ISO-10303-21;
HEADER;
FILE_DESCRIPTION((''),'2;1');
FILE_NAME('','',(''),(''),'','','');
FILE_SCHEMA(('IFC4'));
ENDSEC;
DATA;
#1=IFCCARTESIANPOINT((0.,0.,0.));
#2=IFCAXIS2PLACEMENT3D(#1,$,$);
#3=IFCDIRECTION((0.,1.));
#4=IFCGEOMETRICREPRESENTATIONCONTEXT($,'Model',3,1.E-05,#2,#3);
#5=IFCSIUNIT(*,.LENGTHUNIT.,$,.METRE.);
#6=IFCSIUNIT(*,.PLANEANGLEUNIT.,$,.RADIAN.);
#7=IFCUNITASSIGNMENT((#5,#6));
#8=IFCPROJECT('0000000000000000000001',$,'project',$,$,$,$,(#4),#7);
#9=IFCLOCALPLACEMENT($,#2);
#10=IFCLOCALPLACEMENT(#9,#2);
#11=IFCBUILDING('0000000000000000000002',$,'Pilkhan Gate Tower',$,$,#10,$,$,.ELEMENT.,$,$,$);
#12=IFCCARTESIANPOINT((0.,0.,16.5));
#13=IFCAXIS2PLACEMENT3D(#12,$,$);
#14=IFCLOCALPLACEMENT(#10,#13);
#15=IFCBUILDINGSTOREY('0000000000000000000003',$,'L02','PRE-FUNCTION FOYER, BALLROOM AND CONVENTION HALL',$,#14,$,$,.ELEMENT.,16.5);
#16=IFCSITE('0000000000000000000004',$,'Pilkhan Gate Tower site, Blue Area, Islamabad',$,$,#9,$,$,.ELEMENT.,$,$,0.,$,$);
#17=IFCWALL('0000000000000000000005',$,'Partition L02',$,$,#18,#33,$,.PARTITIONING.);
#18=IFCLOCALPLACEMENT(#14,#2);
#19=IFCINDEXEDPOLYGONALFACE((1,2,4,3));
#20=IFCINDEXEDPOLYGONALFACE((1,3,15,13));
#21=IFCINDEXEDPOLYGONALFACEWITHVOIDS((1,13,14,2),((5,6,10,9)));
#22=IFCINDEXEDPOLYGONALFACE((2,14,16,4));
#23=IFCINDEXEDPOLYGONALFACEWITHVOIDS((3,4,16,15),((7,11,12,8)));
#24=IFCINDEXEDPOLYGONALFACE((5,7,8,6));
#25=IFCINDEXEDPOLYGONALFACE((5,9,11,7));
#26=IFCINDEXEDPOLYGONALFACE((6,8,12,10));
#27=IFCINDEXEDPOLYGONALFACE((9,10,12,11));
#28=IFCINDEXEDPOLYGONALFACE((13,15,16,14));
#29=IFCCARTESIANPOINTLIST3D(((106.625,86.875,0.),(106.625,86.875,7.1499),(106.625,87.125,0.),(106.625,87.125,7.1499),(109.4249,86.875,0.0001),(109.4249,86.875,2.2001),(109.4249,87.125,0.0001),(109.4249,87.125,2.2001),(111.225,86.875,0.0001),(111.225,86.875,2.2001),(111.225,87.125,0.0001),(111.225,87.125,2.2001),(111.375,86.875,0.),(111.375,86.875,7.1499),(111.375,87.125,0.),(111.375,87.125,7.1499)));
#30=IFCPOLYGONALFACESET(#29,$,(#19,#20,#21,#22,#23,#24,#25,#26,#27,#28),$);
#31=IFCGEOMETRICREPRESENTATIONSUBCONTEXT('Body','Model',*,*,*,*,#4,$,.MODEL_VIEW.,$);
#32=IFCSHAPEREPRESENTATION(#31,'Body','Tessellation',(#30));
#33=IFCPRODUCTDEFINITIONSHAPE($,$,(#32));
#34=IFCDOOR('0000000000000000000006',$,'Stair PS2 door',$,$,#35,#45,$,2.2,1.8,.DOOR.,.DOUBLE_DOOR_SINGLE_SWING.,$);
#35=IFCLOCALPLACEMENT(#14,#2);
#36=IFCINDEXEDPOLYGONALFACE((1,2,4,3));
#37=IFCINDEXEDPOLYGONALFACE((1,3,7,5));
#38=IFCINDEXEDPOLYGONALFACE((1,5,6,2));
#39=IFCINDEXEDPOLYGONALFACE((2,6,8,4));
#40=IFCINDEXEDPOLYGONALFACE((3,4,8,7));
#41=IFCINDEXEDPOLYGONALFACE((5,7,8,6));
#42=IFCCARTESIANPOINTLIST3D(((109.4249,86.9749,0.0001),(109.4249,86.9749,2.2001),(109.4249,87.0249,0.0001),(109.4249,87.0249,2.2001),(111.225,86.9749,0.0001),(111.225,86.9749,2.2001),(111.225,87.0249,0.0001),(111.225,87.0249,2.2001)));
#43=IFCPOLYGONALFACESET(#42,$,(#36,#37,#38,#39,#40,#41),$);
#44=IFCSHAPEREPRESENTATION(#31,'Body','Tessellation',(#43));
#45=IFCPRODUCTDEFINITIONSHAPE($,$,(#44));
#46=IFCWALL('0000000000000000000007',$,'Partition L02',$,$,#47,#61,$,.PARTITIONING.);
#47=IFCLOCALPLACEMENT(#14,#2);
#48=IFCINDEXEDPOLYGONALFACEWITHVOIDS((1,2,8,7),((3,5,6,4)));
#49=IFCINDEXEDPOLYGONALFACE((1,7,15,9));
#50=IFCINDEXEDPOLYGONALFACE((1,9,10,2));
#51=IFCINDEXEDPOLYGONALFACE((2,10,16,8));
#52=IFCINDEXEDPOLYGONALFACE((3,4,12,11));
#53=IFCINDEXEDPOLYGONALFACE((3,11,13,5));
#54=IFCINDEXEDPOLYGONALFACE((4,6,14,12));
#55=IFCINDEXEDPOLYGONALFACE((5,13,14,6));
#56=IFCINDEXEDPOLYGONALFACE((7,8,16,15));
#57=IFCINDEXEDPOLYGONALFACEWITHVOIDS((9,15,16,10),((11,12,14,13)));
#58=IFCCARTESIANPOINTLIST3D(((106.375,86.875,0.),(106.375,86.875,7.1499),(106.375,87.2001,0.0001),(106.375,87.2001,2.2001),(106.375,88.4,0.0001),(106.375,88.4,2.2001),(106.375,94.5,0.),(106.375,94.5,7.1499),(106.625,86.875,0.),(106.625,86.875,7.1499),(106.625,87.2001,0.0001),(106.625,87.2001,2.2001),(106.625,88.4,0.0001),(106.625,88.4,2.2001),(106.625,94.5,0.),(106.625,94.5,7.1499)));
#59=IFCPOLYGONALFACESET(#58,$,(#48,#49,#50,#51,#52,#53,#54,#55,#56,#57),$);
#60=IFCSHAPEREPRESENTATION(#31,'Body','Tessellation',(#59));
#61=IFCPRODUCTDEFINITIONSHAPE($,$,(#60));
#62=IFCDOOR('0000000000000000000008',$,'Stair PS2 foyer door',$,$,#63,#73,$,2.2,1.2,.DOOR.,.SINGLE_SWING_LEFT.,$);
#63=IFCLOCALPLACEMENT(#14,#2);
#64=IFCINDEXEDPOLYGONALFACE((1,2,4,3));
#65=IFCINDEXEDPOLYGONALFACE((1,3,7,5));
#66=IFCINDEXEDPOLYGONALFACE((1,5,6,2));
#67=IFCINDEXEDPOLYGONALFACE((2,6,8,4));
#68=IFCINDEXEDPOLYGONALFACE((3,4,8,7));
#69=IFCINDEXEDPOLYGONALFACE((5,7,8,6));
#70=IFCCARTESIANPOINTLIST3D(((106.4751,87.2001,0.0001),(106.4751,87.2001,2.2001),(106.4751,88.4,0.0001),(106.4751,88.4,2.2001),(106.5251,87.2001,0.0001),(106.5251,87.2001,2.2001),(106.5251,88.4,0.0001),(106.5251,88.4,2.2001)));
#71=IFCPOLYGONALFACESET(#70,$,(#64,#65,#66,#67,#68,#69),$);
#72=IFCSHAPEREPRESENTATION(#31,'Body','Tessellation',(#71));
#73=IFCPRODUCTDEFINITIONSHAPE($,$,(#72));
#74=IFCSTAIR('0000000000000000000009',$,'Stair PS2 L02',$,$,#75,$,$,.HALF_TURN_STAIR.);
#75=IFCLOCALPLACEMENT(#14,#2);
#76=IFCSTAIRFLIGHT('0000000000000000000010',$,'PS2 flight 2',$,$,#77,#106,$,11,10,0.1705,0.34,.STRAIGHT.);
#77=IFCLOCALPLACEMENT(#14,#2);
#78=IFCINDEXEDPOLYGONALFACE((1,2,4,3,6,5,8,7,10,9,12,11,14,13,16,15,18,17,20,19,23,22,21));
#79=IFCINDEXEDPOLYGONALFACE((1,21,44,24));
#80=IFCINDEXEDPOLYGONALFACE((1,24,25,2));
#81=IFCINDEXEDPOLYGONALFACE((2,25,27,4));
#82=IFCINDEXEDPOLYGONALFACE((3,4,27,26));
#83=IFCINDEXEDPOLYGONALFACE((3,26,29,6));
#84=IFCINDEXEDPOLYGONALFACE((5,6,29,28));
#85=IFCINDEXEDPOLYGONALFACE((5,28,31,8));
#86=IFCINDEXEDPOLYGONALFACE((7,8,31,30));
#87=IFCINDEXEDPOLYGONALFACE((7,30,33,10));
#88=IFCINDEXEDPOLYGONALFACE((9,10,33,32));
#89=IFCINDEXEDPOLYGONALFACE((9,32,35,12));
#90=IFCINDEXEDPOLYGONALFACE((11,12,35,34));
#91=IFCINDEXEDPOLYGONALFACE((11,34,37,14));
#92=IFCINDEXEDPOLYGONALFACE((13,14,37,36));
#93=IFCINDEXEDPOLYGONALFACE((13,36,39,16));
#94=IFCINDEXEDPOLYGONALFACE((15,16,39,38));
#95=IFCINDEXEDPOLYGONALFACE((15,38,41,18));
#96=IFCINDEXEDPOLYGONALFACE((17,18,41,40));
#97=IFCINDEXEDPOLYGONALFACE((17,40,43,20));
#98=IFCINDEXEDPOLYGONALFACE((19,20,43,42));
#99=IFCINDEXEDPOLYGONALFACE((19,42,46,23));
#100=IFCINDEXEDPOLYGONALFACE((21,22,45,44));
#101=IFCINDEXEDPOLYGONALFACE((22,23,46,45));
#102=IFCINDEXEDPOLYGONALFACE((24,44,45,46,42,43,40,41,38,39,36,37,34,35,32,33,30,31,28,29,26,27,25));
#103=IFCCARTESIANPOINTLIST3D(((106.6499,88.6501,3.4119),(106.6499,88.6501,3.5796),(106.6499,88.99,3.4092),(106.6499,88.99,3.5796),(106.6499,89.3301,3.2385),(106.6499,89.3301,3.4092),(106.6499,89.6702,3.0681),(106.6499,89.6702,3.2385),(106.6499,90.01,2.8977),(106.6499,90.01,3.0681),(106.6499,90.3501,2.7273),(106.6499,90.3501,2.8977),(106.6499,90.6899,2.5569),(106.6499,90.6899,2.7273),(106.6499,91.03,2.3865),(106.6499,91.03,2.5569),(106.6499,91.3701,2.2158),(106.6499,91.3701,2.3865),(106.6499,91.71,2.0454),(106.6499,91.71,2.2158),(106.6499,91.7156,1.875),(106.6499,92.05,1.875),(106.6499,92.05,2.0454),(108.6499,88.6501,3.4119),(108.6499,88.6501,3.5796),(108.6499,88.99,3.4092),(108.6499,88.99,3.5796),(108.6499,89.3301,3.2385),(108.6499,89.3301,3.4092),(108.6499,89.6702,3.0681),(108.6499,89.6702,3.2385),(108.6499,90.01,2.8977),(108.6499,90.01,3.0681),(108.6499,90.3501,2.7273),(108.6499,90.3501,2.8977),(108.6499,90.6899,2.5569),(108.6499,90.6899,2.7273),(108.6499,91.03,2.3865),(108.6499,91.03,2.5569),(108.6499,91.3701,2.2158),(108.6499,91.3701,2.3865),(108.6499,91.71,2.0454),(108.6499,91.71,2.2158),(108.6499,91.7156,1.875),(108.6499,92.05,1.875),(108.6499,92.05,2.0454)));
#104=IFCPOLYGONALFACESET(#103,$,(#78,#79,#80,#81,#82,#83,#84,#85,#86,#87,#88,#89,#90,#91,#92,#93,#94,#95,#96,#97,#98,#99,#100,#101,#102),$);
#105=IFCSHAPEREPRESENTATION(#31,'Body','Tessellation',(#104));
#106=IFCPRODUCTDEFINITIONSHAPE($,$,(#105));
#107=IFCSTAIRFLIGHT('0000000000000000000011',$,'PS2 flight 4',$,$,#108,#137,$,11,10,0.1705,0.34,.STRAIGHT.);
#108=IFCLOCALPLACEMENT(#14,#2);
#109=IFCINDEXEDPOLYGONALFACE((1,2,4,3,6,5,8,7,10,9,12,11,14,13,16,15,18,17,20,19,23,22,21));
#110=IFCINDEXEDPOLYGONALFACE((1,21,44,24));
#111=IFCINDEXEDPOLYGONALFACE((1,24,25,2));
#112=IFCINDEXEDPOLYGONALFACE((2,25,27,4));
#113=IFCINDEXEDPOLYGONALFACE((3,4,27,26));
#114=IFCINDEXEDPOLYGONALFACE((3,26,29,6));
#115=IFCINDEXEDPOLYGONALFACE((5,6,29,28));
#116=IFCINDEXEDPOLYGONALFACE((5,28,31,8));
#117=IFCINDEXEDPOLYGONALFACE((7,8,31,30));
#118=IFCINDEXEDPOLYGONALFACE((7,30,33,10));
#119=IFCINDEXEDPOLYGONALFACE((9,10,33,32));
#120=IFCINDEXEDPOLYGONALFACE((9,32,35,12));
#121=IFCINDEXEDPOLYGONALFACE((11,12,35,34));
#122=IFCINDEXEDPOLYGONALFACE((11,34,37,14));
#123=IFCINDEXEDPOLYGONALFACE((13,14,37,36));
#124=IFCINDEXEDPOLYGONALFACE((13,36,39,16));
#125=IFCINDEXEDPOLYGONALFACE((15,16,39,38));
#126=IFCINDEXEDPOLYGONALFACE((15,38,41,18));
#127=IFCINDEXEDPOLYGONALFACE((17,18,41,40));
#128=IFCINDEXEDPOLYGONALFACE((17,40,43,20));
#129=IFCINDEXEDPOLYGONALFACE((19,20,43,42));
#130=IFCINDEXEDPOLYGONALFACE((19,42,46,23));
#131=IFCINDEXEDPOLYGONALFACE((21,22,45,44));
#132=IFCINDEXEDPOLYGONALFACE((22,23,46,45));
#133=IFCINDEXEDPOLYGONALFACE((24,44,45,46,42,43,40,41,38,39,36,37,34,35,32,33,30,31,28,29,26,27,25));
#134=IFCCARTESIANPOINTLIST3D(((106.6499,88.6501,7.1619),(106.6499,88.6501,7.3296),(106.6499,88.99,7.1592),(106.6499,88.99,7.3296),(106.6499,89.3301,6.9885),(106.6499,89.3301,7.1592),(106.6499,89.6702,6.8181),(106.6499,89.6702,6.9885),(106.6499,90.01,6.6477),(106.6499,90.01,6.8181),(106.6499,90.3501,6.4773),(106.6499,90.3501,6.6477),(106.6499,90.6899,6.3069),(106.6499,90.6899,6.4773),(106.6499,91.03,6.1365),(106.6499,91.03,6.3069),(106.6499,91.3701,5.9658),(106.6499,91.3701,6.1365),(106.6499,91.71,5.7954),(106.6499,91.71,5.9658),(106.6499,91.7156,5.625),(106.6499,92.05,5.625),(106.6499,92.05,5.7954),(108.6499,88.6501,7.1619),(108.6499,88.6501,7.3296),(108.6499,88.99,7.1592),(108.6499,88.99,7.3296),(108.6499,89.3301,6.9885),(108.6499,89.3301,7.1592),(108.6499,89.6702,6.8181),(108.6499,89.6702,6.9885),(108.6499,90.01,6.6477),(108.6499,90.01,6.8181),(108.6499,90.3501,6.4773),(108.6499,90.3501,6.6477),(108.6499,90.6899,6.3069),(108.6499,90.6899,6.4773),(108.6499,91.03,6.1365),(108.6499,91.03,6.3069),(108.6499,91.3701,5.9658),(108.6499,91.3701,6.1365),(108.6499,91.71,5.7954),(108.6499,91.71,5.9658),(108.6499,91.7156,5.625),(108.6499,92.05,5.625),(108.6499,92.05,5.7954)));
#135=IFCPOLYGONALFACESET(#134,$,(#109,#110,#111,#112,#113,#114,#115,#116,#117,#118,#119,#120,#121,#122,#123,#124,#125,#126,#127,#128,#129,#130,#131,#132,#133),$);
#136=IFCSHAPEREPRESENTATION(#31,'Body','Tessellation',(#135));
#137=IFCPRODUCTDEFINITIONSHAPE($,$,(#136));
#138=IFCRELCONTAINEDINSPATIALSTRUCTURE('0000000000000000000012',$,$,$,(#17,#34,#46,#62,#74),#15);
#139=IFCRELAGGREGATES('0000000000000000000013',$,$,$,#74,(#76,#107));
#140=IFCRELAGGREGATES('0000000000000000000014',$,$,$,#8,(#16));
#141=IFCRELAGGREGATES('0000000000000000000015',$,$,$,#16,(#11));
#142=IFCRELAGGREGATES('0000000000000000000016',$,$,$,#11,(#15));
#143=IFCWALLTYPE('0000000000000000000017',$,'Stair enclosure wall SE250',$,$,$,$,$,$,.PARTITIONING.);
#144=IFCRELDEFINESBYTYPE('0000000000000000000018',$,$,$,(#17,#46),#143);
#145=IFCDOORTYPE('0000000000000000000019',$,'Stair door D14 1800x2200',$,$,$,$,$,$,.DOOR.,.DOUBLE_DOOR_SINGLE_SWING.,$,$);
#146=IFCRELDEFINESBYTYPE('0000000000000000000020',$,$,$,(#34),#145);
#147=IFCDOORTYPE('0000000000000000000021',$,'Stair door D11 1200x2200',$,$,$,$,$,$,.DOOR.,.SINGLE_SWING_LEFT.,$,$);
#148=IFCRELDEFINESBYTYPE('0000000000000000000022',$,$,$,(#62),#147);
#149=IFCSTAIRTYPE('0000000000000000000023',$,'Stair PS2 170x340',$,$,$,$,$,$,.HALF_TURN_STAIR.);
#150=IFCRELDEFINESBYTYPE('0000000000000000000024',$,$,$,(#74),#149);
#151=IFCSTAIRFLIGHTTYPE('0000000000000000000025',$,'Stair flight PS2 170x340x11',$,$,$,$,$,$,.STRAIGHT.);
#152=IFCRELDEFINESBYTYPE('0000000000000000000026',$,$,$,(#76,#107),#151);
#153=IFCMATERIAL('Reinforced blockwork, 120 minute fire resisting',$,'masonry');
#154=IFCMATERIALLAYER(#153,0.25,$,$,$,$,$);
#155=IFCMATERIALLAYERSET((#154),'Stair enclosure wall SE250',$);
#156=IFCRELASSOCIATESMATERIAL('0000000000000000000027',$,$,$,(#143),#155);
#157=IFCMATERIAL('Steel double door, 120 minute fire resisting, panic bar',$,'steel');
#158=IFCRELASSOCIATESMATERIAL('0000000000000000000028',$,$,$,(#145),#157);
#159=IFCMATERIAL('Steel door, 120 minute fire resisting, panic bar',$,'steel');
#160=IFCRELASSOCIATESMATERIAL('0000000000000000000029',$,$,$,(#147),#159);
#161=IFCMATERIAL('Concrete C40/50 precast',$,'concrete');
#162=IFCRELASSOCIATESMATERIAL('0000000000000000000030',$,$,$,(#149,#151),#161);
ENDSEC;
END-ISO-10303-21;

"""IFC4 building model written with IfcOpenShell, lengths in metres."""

from ifc_helpers import new_model, si_unit, direction, frame, frame_2d, origin, place, context, subcontext, project, spatial, polyline, rectangle, outline, extrude, material, layer, layer_set, type_object, element, fill, aggregate, save


model = new_model("IFC4")

# Units and contexts
model_context = context("Model", 3, precision=1e-05, world=origin(), true_north=direction((0.0, 1.0)))
body_context = subcontext(model_context, "Body", "Model", "MODEL_VIEW")
ifc_project = project(units=[si_unit("LENGTHUNIT", "METRE"), si_unit("PLANEANGLEUNIT", "RADIAN")], contexts=[model_context])

# Site, building, storey
site_placement = place(None, origin())
site = spatial("IfcSite", under=ifc_project, at=site_placement, Name="Pilkhan Gate Tower site, Blue Area, Islamabad", CompositionType="ELEMENT", RefElevation=0.0)
building_placement = place(site_placement, origin())
building = spatial("IfcBuilding", under=site, at=building_placement, Name="Pilkhan Gate Tower", CompositionType="ELEMENT")
storey_placement = place(building_placement, frame((0.0, 0.0, 16.5)))
storey = spatial("IfcBuildingStorey", under=building, at=storey_placement, Name="L02", Description="PRE-FUNCTION FOYER, BALLROOM AND CONVENTION HALL", CompositionType="ELEMENT", Elevation=16.5)

# Walls, openings, doors
ifc_material_1 = material(Name="Reinforced blockwork, 120 minute fire resisting", Category="masonry")
ifc_layer_1 = layer(ifc_material_1, 0.25)
ifc_layer_set_1 = layer_set([ifc_layer_1], Name="Stair enclosure wall SE250")
wall_type_1 = type_object("IfcWallType", Name="Stair enclosure wall SE250", PredefinedType="PARTITIONING", material=ifc_layer_set_1)
wall_1_placement = place(storey_placement, frame((106.625, 87.0, 0.0), z_axis=(0.0, 0.0, 1.0), x_axis=(1.0, 0.0, 0.0)))
wall_1 = element("IfcWall", 1, at=wall_1_placement, inside=storey, type_object=wall_type_1, Name="Partition L02", PredefinedType="PARTITIONING", context=body_context, shape_type="SweptSolid", body=[
    extrude(rectangle(XDim=4.75, YDim=0.25, at=frame_2d((2.375, 0.0))), origin(), (0.0, 0.0, 1.0), 7.1499),
])
opening_1_placement = place(wall_1_placement, frame((2.8, 0.0, 0.0)))
opening_1 = element("IfcOpeningElement", 2, at=opening_1_placement, cuts=wall_1, PredefinedType="OPENING", context=body_context, shape_type="SweptSolid", body=[
    extrude(rectangle(XDim=1.8, YDim=2.2, at=frame_2d((0.8999, 1.1001))), frame((0.0, 0.135, 0.0), z_axis=(0.0, -1.0, 0.0), x_axis=(1.0, 0.0, 0.0)), (0.0, 0.0, 1.0), 0.27),
])
ifc_material_2 = material(Name="Steel double door, 120 minute fire resisting, panic bar", Category="steel")
door_type_1 = type_object("IfcDoorType", Name="Stair door D14 1800x2200", OperationType="DOUBLE_DOOR_SINGLE_SWING", PredefinedType="DOOR", material=ifc_material_2)
door_1_placement = place(opening_1_placement, origin())
door_1 = element("IfcDoor", 3, at=door_1_placement, inside=storey, type_object=door_type_1, Name="Stair PS2 door", OperationType="DOUBLE_DOOR_SINGLE_SWING", OverallHeight=2.2, OverallWidth=1.8, PredefinedType="DOOR", context=body_context, shape_type="SweptSolid", body=[
    extrude(rectangle(XDim=1.8, YDim=2.2, at=frame_2d((0.8999, 1.1001))), frame((0.0, 0.0249, 0.0), z_axis=(0.0, -1.0, 0.0), x_axis=(1.0, 0.0, 0.0)), (0.0, 0.0, 1.0), 0.05),
])
fill(opening_1, door_1)
wall_2_placement = place(storey_placement, frame((106.5, 86.875, 0.0), z_axis=(0.0, 0.0, 1.0), x_axis=(0.0, 1.0, 0.0)))
wall_2 = element("IfcWall", 4, at=wall_2_placement, inside=storey, type_object=wall_type_1, Name="Partition L02", PredefinedType="PARTITIONING", context=body_context, shape_type="SweptSolid", body=[
    extrude(rectangle(XDim=7.625, YDim=0.25, at=frame_2d((3.8125, 0.0))), origin(), (0.0, 0.0, 1.0), 7.1499),
])
opening_2_placement = place(wall_2_placement, frame((0.325, 0.0, 0.0)))
opening_2 = element("IfcOpeningElement", 5, at=opening_2_placement, cuts=wall_2, PredefinedType="OPENING", context=body_context, shape_type="SweptSolid", body=[
    extrude(rectangle(XDim=1.2, YDim=2.2, at=frame_2d((0.6001, 1.1001))), frame((0.0, 0.135, 0.0), z_axis=(0.0, -1.0, 0.0), x_axis=(1.0, 0.0, 0.0)), (0.0, 0.0, 1.0), 0.27),
])
ifc_material_3 = material(Name="Steel door, 120 minute fire resisting, panic bar", Category="steel")
door_type_2 = type_object("IfcDoorType", Name="Stair door D11 1200x2200", OperationType="SINGLE_SWING_LEFT", PredefinedType="DOOR", material=ifc_material_3)
door_2_placement = place(opening_2_placement, origin())
door_2 = element("IfcDoor", 6, at=door_2_placement, inside=storey, type_object=door_type_2, Name="Stair PS2 foyer door", OperationType="SINGLE_SWING_LEFT", OverallHeight=2.2, OverallWidth=1.2, PredefinedType="DOOR", context=body_context, shape_type="SweptSolid", body=[
    extrude(rectangle(XDim=1.2, YDim=2.2, at=frame_2d((0.6001, 1.1001))), frame((0.0, 0.0249, 0.0), z_axis=(0.0, -1.0, 0.0), x_axis=(1.0, 0.0, 0.0)), (0.0, 0.0, 1.0), 0.05),
])
fill(opening_2, door_2)

# Stair, stair flights
ifc_material_4 = material(Name="Concrete C40/50 precast", Category="concrete")
stair_type = type_object("IfcStairType", Name="Stair PS2 170x340", PredefinedType="HALF_TURN_STAIR", material=ifc_material_4)
stair_placement = place(storey_placement, origin())
stair = element("IfcStair", 7, at=stair_placement, inside=storey, type_object=stair_type, Name="Stair PS2 L02", PredefinedType="HALF_TURN_STAIR")
stair_flight_type = type_object("IfcStairFlightType", Name="Stair flight PS2 170x340x11", PredefinedType="STRAIGHT", material=ifc_material_4)
stair_flight_1_placement = place(storey_placement, frame((107.6499, 92.05, 1.875), z_axis=(0.0, 0.0, 1.0), x_axis=(0.0, -1.0, 0.0)))
stair_flight_1 = element("IfcStairFlight", 8, at=stair_flight_1_placement, type_object=stair_flight_type, Name="PS2 flight 2", NumberOfRisers=11, NumberOfTreads=10, PredefinedType="STRAIGHT", RiserHeight=0.1705, TreadLength=0.34, context=body_context, shape_type="SweptSolid", body=[
    extrude(outline(polyline([(0.0, 0.0), (0.0, 0.1704), (0.3401, 0.1704), (0.3401, 0.3408), (0.6799, 0.3408), (0.6799, 0.5115), (1.02, 0.5115), (1.02, 0.6819), (1.3601, 0.6819), (1.3601, 0.8523), (1.7, 0.8523), (1.7, 1.0227), (2.04, 1.0227), (2.04, 1.1931), (2.3799, 1.1931), (2.3799, 1.3635), (2.72, 1.3635), (2.72, 1.5342), (3.0601, 1.5342), (3.0601, 1.7046), (3.3999, 1.7046), (3.3999, 1.875), (3.3999, 1.5369), (0.3345, 0.0), (0.0, 0.0)])), frame((0.0, 1.0, 0.0), z_axis=(0.0, -1.0, 0.0), x_axis=(1.0, 0.0, 0.0)), (0.0, 0.0, 1.0), 2.0),
])
stair_flight_2_placement = place(storey_placement, frame((107.6499, 92.05, 5.625), z_axis=(0.0, 0.0, 1.0), x_axis=(0.0, -1.0, 0.0)))
stair_flight_2 = element("IfcStairFlight", 9, at=stair_flight_2_placement, type_object=stair_flight_type, Name="PS2 flight 4", NumberOfRisers=11, NumberOfTreads=10, PredefinedType="STRAIGHT", RiserHeight=0.1705, TreadLength=0.34, context=body_context, shape_type="SweptSolid", body=[
    extrude(outline(polyline([(0.0, 0.0), (0.0, 0.1704), (0.3401, 0.1704), (0.3401, 0.3408), (0.6799, 0.3408), (0.6799, 0.5115), (1.02, 0.5115), (1.02, 0.6819), (1.3601, 0.6819), (1.3601, 0.8523), (1.7, 0.8523), (1.7, 1.0227), (2.04, 1.0227), (2.04, 1.1931), (2.3799, 1.1931), (2.3799, 1.3635), (2.72, 1.3635), (2.72, 1.5342), (3.0601, 1.5342), (3.0601, 1.7046), (3.3999, 1.7046), (3.3999, 1.875), (3.3999, 1.5369), (0.3345, 0.0), (0.0, 0.0)])), frame((0.0, 1.0, 0.0), z_axis=(0.0, -1.0, 0.0), x_axis=(1.0, 0.0, 0.0)), (0.0, 0.0, 1.0), 2.0),
])
aggregate(stair, [stair_flight_1, stair_flight_2])

save(model, "model.ifc")
